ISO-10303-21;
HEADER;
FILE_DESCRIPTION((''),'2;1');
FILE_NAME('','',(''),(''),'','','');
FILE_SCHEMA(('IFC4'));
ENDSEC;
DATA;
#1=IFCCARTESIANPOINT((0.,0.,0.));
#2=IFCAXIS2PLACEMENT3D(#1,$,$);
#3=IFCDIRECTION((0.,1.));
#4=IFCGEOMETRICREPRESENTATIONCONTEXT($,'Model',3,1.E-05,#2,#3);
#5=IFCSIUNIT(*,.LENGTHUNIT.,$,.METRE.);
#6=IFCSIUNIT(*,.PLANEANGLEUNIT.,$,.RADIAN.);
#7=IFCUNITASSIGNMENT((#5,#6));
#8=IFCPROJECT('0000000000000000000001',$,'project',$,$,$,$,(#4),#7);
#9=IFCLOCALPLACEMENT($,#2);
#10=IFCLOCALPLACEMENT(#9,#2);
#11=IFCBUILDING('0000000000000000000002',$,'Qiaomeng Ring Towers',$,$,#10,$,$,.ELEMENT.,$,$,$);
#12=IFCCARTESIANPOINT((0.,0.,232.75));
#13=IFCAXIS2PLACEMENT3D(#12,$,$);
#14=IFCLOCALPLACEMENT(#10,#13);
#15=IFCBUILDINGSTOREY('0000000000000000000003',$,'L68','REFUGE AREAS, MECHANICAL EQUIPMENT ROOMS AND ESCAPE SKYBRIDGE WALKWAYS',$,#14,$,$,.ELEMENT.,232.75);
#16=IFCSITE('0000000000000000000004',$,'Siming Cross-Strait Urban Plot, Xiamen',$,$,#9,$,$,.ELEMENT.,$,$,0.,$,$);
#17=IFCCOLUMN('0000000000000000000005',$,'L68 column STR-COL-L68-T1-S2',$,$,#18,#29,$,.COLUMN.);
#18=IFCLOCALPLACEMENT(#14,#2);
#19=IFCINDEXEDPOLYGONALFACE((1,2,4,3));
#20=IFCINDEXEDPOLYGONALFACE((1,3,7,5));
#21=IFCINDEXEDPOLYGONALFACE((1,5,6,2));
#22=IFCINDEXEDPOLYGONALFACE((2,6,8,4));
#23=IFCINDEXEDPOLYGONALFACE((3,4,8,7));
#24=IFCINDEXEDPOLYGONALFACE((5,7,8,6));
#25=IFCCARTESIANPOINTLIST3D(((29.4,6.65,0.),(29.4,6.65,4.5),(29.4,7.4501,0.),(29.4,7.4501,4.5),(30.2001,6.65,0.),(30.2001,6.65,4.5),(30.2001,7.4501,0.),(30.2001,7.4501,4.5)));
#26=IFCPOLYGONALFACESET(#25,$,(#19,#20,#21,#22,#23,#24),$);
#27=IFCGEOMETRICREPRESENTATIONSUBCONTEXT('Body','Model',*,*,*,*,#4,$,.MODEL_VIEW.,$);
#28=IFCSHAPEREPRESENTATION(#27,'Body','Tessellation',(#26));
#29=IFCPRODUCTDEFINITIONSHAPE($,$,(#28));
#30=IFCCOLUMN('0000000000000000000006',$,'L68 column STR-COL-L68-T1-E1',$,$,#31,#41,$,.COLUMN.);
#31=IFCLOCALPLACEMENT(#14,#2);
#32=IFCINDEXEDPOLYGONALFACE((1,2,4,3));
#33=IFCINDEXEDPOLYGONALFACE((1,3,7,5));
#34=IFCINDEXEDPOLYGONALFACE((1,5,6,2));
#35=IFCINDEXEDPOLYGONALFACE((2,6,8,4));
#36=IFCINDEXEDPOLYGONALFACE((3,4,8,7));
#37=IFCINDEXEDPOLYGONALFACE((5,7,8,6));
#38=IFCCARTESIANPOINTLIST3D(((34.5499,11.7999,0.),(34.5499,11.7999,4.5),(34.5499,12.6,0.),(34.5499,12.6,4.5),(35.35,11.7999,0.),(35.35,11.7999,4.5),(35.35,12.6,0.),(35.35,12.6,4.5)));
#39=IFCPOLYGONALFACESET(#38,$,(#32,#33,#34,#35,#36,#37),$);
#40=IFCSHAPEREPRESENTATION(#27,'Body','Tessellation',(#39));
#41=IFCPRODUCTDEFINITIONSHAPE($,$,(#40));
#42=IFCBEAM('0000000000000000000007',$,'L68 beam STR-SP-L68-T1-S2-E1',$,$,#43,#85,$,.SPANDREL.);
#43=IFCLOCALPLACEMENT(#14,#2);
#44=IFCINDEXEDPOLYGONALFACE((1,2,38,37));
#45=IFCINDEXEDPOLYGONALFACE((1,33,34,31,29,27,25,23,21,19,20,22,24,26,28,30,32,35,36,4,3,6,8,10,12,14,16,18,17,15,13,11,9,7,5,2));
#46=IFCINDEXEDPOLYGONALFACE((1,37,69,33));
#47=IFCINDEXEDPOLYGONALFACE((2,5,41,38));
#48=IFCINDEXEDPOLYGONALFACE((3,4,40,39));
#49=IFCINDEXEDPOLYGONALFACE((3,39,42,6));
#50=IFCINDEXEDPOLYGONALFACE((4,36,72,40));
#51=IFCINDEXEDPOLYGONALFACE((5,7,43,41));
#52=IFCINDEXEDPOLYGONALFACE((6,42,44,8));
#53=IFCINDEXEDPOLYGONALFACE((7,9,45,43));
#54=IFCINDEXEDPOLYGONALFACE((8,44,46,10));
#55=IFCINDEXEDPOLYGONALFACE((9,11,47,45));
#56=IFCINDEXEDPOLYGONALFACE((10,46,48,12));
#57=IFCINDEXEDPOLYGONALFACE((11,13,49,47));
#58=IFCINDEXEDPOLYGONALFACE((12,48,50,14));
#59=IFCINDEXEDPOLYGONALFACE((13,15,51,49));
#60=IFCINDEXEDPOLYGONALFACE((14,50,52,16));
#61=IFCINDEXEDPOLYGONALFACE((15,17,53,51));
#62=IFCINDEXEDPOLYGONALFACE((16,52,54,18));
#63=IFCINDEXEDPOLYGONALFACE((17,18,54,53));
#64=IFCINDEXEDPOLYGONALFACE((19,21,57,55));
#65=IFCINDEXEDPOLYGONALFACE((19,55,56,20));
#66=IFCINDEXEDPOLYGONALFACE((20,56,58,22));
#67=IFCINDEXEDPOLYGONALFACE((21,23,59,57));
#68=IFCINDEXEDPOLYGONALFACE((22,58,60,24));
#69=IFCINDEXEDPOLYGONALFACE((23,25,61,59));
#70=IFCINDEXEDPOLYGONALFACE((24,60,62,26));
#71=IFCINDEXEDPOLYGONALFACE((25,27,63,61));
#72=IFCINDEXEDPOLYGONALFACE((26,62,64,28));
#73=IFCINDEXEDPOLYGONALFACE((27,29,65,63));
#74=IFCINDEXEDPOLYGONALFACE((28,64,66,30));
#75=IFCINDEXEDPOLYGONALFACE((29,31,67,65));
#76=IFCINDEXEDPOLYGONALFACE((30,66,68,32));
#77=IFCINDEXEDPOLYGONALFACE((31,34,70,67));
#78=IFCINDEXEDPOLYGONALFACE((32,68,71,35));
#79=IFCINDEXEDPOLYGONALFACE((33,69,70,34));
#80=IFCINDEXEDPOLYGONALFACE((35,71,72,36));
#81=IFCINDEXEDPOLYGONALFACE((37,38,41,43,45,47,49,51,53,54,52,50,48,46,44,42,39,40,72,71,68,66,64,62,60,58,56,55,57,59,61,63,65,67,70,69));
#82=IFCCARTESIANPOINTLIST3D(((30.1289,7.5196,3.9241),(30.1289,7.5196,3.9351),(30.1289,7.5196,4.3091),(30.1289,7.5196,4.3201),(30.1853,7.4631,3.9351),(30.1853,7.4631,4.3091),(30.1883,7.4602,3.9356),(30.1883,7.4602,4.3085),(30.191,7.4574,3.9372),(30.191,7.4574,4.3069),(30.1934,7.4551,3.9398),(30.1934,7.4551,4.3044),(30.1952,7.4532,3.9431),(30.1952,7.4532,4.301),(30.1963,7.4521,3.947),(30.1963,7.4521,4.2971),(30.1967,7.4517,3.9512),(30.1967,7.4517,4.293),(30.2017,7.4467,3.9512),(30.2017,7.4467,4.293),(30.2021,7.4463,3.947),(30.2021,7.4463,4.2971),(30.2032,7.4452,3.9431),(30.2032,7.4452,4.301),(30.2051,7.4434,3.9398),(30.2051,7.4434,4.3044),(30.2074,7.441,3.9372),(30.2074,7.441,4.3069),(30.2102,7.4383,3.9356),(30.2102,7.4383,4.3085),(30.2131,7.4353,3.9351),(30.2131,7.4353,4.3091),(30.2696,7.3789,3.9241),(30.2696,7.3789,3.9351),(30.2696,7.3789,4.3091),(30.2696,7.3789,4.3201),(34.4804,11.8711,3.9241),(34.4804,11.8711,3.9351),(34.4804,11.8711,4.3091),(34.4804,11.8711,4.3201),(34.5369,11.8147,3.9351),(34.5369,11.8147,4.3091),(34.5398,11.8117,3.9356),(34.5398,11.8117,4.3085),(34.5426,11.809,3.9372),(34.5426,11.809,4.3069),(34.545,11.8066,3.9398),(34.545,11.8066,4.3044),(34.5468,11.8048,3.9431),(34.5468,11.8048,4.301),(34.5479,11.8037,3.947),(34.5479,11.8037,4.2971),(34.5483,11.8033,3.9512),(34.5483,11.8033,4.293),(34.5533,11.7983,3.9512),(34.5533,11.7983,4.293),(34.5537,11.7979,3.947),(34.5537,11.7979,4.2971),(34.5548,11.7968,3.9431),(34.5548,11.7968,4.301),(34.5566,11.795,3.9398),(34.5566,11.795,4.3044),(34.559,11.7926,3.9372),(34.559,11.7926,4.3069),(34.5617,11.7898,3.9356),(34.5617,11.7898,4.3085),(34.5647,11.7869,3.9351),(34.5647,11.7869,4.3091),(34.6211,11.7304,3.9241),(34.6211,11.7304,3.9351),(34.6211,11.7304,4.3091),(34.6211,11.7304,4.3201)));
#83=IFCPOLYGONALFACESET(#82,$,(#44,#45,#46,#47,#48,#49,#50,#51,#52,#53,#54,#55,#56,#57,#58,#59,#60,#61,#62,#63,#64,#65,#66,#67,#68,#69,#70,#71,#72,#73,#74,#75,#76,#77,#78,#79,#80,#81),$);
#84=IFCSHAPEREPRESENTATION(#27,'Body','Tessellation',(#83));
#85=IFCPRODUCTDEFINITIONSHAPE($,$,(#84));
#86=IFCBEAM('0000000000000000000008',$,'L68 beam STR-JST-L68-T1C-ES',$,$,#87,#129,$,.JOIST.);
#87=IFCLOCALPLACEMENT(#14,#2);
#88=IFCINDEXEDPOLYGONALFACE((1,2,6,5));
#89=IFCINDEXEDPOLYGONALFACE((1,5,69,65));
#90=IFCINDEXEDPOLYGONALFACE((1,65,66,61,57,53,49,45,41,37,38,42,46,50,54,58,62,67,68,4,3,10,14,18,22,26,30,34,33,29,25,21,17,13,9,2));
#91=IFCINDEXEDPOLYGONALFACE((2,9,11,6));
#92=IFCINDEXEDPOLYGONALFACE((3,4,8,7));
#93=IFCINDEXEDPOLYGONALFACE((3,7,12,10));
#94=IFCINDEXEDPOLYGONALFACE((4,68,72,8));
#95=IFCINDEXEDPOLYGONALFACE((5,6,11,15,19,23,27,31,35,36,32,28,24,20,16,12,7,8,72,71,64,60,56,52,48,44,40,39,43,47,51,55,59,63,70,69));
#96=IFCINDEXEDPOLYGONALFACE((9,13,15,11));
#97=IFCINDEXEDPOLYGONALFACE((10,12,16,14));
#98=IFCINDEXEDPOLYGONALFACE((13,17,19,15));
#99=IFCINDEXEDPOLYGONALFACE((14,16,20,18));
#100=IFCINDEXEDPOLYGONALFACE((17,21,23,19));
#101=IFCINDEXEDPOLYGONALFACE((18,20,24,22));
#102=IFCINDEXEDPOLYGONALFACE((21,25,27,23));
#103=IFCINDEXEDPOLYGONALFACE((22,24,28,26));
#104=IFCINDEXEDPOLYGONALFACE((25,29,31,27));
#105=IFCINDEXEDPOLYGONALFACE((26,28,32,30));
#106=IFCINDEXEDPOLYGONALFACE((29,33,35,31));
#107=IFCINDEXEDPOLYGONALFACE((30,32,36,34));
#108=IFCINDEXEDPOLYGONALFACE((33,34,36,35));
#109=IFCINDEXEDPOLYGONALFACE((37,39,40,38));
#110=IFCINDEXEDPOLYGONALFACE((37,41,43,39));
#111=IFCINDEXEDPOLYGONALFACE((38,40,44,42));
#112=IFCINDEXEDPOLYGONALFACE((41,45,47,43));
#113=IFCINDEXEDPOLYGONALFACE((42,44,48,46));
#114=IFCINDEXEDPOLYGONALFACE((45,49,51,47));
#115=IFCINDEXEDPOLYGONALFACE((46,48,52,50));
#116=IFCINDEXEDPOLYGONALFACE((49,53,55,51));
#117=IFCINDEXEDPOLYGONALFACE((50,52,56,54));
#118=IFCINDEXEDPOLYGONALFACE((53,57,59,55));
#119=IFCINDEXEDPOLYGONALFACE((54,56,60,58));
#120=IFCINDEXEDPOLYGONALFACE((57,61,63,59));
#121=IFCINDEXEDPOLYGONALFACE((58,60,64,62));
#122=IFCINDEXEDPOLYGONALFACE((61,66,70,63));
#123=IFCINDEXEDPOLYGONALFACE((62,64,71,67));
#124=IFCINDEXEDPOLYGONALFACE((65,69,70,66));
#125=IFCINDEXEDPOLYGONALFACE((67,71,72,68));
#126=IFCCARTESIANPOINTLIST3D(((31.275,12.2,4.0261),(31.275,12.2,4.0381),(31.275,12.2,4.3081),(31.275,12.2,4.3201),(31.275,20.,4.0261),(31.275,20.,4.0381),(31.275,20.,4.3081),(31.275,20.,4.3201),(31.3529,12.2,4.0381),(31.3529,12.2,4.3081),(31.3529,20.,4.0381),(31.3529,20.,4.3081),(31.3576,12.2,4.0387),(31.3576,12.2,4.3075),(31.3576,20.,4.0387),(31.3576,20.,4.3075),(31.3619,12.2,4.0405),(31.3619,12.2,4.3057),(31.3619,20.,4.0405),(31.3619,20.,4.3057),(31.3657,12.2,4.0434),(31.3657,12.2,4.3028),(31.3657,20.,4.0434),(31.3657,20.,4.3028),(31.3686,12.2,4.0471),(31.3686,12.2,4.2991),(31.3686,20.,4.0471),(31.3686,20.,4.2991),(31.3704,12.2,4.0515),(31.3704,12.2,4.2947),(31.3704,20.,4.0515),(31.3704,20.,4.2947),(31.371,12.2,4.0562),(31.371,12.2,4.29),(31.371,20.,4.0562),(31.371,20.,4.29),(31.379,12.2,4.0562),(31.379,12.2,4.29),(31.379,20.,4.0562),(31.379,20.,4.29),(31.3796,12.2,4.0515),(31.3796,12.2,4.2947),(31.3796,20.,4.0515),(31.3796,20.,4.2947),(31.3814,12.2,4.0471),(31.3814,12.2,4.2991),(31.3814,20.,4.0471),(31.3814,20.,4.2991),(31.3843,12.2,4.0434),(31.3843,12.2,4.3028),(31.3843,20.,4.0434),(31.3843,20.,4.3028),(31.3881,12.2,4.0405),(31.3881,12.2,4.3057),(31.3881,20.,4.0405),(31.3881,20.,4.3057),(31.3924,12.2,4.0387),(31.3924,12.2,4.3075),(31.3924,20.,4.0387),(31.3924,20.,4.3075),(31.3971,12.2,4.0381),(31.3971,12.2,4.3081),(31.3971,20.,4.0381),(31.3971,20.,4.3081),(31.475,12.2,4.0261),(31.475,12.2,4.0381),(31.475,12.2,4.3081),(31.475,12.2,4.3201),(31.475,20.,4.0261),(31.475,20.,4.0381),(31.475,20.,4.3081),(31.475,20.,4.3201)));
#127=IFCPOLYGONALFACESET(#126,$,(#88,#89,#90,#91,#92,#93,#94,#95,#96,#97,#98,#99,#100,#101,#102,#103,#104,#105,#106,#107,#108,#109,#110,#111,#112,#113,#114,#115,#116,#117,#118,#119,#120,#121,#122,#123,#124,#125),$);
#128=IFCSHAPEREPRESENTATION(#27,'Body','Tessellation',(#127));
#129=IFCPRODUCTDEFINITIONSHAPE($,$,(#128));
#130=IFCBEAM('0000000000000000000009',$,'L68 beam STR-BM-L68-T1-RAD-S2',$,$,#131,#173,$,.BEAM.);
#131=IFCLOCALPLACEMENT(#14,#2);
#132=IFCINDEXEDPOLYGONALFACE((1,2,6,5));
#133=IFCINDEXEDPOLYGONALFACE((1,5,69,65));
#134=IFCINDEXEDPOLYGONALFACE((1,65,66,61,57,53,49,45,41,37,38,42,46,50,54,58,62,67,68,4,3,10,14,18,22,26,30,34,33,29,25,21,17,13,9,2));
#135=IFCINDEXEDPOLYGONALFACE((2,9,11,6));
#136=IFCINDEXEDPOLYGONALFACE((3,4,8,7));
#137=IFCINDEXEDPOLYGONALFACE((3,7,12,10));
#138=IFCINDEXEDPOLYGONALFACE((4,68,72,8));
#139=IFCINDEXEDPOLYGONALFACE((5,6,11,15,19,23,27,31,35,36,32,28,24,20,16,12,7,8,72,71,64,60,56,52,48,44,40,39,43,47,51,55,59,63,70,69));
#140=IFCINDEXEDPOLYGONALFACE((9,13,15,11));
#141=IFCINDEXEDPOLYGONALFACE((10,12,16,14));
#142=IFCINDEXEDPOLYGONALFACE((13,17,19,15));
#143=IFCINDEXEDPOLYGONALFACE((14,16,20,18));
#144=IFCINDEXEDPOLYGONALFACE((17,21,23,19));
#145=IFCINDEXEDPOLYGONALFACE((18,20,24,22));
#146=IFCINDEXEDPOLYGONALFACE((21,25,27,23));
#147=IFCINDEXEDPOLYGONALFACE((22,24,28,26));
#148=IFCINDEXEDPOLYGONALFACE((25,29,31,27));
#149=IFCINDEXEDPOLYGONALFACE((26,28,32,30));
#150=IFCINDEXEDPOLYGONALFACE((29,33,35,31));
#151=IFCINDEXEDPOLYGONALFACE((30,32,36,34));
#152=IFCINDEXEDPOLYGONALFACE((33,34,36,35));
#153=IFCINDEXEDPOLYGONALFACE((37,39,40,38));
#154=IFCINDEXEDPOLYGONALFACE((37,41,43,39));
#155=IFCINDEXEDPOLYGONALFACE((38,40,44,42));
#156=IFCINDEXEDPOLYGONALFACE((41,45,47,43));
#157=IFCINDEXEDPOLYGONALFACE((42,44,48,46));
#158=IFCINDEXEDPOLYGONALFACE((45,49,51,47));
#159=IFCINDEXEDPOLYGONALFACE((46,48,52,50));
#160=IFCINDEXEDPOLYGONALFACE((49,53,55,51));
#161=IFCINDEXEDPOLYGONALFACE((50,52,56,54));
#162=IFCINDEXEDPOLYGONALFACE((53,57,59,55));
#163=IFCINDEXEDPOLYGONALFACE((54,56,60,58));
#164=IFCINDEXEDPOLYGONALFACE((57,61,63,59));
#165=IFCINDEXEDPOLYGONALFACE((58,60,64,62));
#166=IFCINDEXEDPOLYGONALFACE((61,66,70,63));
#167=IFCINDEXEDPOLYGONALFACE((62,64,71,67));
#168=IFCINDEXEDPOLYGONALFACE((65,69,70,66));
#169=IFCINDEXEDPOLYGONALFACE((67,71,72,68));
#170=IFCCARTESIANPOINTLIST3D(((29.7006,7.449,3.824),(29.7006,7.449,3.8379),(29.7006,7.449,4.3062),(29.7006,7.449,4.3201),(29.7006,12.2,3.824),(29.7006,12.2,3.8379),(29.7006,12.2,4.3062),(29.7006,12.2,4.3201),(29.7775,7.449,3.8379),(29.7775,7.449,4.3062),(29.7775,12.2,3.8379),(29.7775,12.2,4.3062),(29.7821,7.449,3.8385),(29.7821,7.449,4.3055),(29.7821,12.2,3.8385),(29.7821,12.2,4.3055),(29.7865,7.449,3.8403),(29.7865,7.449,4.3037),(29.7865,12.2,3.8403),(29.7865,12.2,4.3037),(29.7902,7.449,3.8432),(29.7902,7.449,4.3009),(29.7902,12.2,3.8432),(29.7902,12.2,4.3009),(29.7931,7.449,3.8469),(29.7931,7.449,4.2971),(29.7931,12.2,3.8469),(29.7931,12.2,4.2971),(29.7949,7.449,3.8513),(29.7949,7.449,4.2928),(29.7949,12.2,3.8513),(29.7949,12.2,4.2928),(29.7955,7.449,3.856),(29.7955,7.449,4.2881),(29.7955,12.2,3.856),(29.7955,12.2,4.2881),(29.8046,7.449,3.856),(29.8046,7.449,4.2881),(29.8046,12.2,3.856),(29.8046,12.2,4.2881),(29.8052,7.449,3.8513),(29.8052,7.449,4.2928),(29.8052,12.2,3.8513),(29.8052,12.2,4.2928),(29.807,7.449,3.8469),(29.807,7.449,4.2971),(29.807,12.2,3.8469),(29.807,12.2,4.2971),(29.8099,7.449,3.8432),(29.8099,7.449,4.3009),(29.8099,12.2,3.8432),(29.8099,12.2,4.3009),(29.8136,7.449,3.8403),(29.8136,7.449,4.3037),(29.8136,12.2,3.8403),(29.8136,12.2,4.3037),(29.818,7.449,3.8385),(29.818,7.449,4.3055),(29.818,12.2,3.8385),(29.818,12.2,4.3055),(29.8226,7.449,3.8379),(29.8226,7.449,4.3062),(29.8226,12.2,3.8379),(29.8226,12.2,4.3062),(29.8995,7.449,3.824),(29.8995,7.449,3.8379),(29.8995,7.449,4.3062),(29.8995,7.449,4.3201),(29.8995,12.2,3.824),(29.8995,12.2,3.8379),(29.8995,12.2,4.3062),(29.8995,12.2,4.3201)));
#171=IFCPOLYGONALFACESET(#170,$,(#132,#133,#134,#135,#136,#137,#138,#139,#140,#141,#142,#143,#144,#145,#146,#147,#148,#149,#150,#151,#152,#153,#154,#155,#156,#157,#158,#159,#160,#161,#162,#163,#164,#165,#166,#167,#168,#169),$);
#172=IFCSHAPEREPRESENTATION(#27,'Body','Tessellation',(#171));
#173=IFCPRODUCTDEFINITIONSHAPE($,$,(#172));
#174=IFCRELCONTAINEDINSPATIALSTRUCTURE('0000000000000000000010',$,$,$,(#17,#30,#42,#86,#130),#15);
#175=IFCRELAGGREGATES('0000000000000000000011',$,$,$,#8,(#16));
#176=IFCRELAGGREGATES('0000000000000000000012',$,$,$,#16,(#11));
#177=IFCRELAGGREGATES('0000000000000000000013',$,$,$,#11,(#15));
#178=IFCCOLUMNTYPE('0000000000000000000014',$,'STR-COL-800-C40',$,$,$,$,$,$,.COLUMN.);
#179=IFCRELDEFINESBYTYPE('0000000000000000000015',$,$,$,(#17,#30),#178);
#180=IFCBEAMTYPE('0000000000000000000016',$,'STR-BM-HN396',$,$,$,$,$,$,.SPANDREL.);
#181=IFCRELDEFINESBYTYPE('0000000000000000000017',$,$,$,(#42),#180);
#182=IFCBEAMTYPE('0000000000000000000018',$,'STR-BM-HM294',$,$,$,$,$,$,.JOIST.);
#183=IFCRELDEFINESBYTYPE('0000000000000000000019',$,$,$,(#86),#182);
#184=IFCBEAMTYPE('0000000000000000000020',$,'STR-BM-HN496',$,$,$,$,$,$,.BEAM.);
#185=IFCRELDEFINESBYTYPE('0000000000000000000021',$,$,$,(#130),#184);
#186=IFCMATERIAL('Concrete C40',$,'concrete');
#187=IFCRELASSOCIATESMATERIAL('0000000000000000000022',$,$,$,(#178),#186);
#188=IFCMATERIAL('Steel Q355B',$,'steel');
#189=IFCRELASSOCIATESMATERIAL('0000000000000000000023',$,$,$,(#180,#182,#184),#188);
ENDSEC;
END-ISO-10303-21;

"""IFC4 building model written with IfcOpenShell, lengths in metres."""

from ifc_helpers import new_model, si_unit, direction, frame, origin, origin_2d, place, context, subcontext, project, spatial, rectangle, i_section, extrude, source, transform, mapped, material, material_profile, profile_set, type_object, element, save


model = new_model("IFC4")

# Units and contexts
model_context = context("Model", 3, precision=1e-05, world=origin(), true_north=direction((0.0, 1.0)))
body_context = subcontext(model_context, "Body", "Model", "MODEL_VIEW")
ifc_project = project(units=[si_unit("LENGTHUNIT", "METRE"), si_unit("PLANEANGLEUNIT", "RADIAN")], contexts=[model_context])

# Site, building, storey
site_placement = place(None, origin())
site = spatial("IfcSite", under=ifc_project, at=site_placement, Name="Siming Cross-Strait Urban Plot, Xiamen", CompositionType="ELEMENT", RefElevation=0.0)
building_placement = place(site_placement, origin())
building = spatial("IfcBuilding", under=site, at=building_placement, Name="Qiaomeng Ring Towers", CompositionType="ELEMENT")
storey_placement = place(building_placement, frame((0.0, 0.0, 232.75)))
storey = spatial("IfcBuildingStorey", under=building, at=storey_placement, Name="L68", Description="REFUGE AREAS, MECHANICAL EQUIPMENT ROOMS AND ESCAPE SKYBRIDGE WALKWAYS", CompositionType="ELEMENT", Elevation=232.75)

# Columns
ifc_material_1 = material(Name="Concrete C40", Category="concrete")
ifc_material_profile_1 = material_profile(ifc_material_1, rectangle(XDim=0.8, YDim=0.8, at=origin_2d()), Name="RC COL 800x800")
ifc_profile_set_1 = profile_set([ifc_material_profile_1], Name="Concrete C40")
column_type = type_object("IfcColumnType", Name="STR-COL-800-C40", PredefinedType="COLUMN", material=ifc_profile_set_1)
shared_shape_1 = source(origin(), body_context, "Body", "SweptSolid", [
    extrude(rectangle(XDim=0.8, YDim=0.8, at=origin_2d()), origin(), (0.0, 0.0, 1.0), 4.5),
])
for number, where, z_axis, x_axis, name in (
    (1, (29.8, 7.05, 0.0), (0.0, 0.0, 1.0), (1.0, 0.0, 0.0), "L68 column STR-COL-L68-T1-S2"),
    (2, (34.95, 12.2, 0.0), (0.0, 0.0, 1.0), (1.0, 0.0, 0.0), "L68 column STR-COL-L68-T1-E1"),
):
    element("IfcColumn", number, at=place(storey_placement, frame(where, z_axis=z_axis, x_axis=x_axis)), inside=storey, type_object=column_type, Name=name, PredefinedType="COLUMN", context=body_context, shape_type="MappedRepresentation", body=[
        mapped(shared_shape_1, transform((0.0, 0.0, 0.0), x_axis=(1.0, 0.0, 0.0), y_axis=(0.0, 1.0, 0.0), z_axis=(0.0, 0.0, 1.0), scale=1.0)),
    ])

# Beams
ifc_material_2 = material(Name="Steel Q355B", Category="steel")
ifc_material_profile_2 = material_profile(ifc_material_2, i_section(OverallWidth=0.199, OverallDepth=0.396, WebThickness=0.0071, FlangeThickness=0.011, FilletRadius=0.0161, at=origin_2d()), Name="HN 396x199x7x11")
ifc_profile_set_2 = profile_set([ifc_material_profile_2], Name="Steel Q355B")
beam_type_1 = type_object("IfcBeamType", Name="STR-BM-HN396", PredefinedType="SPANDREL", material=ifc_profile_set_2)
shared_shape_2 = source(origin(), body_context, "Body", "SweptSolid", [
    extrude(i_section(OverallWidth=0.199, OverallDepth=0.396, WebThickness=0.0071, FlangeThickness=0.011, FilletRadius=0.0161, at=origin_2d()), origin(), (0.0, 0.0, 1.0), 6.1541),
])
beam_1_placement = place(storey_placement, frame((30.1992, 7.4492, 4.1221), z_axis=(0.707107, 0.707107, 0.0), x_axis=(-0.707107, 0.707107, 0.0)))
element("IfcBeam", 3, at=beam_1_placement, inside=storey, type_object=beam_type_1, Name="L68 beam STR-SP-L68-T1-S2-E1", PredefinedType="SPANDREL", context=body_context, shape_type="MappedRepresentation", body=[
    mapped(shared_shape_2, transform((0.0, 0.0, 0.0), x_axis=(1.0, 0.0, 0.0), y_axis=(0.0, 1.0, 0.0), z_axis=(0.0, 0.0, 1.0), scale=1.0)),
])
ifc_material_profile_3 = material_profile(ifc_material_2, i_section(OverallWidth=0.2, OverallDepth=0.2939, WebThickness=0.0081, FlangeThickness=0.012, FilletRadius=0.0181, at=origin_2d()), Name="HM 294x200x8x12")
ifc_profile_set_3 = profile_set([ifc_material_profile_3], Name="Steel Q355B")
beam_type_2 = type_object("IfcBeamType", Name="STR-BM-HM294", PredefinedType="JOIST", material=ifc_profile_set_3)
shared_shape_3 = source(origin(), body_context, "Body", "SweptSolid", [
    extrude(i_section(OverallWidth=0.2, OverallDepth=0.2939, WebThickness=0.0081, FlangeThickness=0.012, FilletRadius=0.0181, at=origin_2d()), origin(), (0.0, 0.0, 1.0), 7.8),
])
beam_2_placement = place(storey_placement, frame((31.375, 12.2, 4.1731), z_axis=(0.0, 1.0, 0.0), x_axis=(-1.0, 0.0, 0.0)))
element("IfcBeam", 4, at=beam_2_placement, inside=storey, type_object=beam_type_2, Name="L68 beam STR-JST-L68-T1C-ES", PredefinedType="JOIST", context=body_context, shape_type="MappedRepresentation", body=[
    mapped(shared_shape_3, transform((0.0, 0.0, 0.0), x_axis=(1.0, 0.0, 0.0), y_axis=(0.0, 1.0, 0.0), z_axis=(0.0, 0.0, 1.0), scale=1.0)),
])
ifc_material_profile_4 = material_profile(ifc_material_2, i_section(OverallWidth=0.199, OverallDepth=0.4961, WebThickness=0.009, FlangeThickness=0.0139, FilletRadius=0.0181, at=origin_2d()), Name="HN 496x199x9x14")
ifc_profile_set_4 = profile_set([ifc_material_profile_4], Name="Steel Q355B")
beam_type_3 = type_object("IfcBeamType", Name="STR-BM-HN496", PredefinedType="BEAM", material=ifc_profile_set_4)
shared_shape_4 = source(origin(), body_context, "Body", "SweptSolid", [
    extrude(i_section(OverallWidth=0.199, OverallDepth=0.4961, WebThickness=0.009, FlangeThickness=0.0139, FilletRadius=0.0181, at=origin_2d()), origin(), (0.0, 0.0, 1.0), 4.751),
])
beam_3_placement = place(storey_placement, frame((29.8, 7.449, 4.072), z_axis=(0.0, 1.0, 0.0), x_axis=(-1.0, 0.0, 0.0)))
element("IfcBeam", 5, at=beam_3_placement, inside=storey, type_object=beam_type_3, Name="L68 beam STR-BM-L68-T1-RAD-S2", PredefinedType="BEAM", context=body_context, shape_type="MappedRepresentation", body=[
    mapped(shared_shape_4, transform((0.0, 0.0, 0.0), x_axis=(1.0, 0.0, 0.0), y_axis=(0.0, 1.0, 0.0), z_axis=(0.0, 0.0, 1.0), scale=1.0)),
])

save(model, "model.ifc")
